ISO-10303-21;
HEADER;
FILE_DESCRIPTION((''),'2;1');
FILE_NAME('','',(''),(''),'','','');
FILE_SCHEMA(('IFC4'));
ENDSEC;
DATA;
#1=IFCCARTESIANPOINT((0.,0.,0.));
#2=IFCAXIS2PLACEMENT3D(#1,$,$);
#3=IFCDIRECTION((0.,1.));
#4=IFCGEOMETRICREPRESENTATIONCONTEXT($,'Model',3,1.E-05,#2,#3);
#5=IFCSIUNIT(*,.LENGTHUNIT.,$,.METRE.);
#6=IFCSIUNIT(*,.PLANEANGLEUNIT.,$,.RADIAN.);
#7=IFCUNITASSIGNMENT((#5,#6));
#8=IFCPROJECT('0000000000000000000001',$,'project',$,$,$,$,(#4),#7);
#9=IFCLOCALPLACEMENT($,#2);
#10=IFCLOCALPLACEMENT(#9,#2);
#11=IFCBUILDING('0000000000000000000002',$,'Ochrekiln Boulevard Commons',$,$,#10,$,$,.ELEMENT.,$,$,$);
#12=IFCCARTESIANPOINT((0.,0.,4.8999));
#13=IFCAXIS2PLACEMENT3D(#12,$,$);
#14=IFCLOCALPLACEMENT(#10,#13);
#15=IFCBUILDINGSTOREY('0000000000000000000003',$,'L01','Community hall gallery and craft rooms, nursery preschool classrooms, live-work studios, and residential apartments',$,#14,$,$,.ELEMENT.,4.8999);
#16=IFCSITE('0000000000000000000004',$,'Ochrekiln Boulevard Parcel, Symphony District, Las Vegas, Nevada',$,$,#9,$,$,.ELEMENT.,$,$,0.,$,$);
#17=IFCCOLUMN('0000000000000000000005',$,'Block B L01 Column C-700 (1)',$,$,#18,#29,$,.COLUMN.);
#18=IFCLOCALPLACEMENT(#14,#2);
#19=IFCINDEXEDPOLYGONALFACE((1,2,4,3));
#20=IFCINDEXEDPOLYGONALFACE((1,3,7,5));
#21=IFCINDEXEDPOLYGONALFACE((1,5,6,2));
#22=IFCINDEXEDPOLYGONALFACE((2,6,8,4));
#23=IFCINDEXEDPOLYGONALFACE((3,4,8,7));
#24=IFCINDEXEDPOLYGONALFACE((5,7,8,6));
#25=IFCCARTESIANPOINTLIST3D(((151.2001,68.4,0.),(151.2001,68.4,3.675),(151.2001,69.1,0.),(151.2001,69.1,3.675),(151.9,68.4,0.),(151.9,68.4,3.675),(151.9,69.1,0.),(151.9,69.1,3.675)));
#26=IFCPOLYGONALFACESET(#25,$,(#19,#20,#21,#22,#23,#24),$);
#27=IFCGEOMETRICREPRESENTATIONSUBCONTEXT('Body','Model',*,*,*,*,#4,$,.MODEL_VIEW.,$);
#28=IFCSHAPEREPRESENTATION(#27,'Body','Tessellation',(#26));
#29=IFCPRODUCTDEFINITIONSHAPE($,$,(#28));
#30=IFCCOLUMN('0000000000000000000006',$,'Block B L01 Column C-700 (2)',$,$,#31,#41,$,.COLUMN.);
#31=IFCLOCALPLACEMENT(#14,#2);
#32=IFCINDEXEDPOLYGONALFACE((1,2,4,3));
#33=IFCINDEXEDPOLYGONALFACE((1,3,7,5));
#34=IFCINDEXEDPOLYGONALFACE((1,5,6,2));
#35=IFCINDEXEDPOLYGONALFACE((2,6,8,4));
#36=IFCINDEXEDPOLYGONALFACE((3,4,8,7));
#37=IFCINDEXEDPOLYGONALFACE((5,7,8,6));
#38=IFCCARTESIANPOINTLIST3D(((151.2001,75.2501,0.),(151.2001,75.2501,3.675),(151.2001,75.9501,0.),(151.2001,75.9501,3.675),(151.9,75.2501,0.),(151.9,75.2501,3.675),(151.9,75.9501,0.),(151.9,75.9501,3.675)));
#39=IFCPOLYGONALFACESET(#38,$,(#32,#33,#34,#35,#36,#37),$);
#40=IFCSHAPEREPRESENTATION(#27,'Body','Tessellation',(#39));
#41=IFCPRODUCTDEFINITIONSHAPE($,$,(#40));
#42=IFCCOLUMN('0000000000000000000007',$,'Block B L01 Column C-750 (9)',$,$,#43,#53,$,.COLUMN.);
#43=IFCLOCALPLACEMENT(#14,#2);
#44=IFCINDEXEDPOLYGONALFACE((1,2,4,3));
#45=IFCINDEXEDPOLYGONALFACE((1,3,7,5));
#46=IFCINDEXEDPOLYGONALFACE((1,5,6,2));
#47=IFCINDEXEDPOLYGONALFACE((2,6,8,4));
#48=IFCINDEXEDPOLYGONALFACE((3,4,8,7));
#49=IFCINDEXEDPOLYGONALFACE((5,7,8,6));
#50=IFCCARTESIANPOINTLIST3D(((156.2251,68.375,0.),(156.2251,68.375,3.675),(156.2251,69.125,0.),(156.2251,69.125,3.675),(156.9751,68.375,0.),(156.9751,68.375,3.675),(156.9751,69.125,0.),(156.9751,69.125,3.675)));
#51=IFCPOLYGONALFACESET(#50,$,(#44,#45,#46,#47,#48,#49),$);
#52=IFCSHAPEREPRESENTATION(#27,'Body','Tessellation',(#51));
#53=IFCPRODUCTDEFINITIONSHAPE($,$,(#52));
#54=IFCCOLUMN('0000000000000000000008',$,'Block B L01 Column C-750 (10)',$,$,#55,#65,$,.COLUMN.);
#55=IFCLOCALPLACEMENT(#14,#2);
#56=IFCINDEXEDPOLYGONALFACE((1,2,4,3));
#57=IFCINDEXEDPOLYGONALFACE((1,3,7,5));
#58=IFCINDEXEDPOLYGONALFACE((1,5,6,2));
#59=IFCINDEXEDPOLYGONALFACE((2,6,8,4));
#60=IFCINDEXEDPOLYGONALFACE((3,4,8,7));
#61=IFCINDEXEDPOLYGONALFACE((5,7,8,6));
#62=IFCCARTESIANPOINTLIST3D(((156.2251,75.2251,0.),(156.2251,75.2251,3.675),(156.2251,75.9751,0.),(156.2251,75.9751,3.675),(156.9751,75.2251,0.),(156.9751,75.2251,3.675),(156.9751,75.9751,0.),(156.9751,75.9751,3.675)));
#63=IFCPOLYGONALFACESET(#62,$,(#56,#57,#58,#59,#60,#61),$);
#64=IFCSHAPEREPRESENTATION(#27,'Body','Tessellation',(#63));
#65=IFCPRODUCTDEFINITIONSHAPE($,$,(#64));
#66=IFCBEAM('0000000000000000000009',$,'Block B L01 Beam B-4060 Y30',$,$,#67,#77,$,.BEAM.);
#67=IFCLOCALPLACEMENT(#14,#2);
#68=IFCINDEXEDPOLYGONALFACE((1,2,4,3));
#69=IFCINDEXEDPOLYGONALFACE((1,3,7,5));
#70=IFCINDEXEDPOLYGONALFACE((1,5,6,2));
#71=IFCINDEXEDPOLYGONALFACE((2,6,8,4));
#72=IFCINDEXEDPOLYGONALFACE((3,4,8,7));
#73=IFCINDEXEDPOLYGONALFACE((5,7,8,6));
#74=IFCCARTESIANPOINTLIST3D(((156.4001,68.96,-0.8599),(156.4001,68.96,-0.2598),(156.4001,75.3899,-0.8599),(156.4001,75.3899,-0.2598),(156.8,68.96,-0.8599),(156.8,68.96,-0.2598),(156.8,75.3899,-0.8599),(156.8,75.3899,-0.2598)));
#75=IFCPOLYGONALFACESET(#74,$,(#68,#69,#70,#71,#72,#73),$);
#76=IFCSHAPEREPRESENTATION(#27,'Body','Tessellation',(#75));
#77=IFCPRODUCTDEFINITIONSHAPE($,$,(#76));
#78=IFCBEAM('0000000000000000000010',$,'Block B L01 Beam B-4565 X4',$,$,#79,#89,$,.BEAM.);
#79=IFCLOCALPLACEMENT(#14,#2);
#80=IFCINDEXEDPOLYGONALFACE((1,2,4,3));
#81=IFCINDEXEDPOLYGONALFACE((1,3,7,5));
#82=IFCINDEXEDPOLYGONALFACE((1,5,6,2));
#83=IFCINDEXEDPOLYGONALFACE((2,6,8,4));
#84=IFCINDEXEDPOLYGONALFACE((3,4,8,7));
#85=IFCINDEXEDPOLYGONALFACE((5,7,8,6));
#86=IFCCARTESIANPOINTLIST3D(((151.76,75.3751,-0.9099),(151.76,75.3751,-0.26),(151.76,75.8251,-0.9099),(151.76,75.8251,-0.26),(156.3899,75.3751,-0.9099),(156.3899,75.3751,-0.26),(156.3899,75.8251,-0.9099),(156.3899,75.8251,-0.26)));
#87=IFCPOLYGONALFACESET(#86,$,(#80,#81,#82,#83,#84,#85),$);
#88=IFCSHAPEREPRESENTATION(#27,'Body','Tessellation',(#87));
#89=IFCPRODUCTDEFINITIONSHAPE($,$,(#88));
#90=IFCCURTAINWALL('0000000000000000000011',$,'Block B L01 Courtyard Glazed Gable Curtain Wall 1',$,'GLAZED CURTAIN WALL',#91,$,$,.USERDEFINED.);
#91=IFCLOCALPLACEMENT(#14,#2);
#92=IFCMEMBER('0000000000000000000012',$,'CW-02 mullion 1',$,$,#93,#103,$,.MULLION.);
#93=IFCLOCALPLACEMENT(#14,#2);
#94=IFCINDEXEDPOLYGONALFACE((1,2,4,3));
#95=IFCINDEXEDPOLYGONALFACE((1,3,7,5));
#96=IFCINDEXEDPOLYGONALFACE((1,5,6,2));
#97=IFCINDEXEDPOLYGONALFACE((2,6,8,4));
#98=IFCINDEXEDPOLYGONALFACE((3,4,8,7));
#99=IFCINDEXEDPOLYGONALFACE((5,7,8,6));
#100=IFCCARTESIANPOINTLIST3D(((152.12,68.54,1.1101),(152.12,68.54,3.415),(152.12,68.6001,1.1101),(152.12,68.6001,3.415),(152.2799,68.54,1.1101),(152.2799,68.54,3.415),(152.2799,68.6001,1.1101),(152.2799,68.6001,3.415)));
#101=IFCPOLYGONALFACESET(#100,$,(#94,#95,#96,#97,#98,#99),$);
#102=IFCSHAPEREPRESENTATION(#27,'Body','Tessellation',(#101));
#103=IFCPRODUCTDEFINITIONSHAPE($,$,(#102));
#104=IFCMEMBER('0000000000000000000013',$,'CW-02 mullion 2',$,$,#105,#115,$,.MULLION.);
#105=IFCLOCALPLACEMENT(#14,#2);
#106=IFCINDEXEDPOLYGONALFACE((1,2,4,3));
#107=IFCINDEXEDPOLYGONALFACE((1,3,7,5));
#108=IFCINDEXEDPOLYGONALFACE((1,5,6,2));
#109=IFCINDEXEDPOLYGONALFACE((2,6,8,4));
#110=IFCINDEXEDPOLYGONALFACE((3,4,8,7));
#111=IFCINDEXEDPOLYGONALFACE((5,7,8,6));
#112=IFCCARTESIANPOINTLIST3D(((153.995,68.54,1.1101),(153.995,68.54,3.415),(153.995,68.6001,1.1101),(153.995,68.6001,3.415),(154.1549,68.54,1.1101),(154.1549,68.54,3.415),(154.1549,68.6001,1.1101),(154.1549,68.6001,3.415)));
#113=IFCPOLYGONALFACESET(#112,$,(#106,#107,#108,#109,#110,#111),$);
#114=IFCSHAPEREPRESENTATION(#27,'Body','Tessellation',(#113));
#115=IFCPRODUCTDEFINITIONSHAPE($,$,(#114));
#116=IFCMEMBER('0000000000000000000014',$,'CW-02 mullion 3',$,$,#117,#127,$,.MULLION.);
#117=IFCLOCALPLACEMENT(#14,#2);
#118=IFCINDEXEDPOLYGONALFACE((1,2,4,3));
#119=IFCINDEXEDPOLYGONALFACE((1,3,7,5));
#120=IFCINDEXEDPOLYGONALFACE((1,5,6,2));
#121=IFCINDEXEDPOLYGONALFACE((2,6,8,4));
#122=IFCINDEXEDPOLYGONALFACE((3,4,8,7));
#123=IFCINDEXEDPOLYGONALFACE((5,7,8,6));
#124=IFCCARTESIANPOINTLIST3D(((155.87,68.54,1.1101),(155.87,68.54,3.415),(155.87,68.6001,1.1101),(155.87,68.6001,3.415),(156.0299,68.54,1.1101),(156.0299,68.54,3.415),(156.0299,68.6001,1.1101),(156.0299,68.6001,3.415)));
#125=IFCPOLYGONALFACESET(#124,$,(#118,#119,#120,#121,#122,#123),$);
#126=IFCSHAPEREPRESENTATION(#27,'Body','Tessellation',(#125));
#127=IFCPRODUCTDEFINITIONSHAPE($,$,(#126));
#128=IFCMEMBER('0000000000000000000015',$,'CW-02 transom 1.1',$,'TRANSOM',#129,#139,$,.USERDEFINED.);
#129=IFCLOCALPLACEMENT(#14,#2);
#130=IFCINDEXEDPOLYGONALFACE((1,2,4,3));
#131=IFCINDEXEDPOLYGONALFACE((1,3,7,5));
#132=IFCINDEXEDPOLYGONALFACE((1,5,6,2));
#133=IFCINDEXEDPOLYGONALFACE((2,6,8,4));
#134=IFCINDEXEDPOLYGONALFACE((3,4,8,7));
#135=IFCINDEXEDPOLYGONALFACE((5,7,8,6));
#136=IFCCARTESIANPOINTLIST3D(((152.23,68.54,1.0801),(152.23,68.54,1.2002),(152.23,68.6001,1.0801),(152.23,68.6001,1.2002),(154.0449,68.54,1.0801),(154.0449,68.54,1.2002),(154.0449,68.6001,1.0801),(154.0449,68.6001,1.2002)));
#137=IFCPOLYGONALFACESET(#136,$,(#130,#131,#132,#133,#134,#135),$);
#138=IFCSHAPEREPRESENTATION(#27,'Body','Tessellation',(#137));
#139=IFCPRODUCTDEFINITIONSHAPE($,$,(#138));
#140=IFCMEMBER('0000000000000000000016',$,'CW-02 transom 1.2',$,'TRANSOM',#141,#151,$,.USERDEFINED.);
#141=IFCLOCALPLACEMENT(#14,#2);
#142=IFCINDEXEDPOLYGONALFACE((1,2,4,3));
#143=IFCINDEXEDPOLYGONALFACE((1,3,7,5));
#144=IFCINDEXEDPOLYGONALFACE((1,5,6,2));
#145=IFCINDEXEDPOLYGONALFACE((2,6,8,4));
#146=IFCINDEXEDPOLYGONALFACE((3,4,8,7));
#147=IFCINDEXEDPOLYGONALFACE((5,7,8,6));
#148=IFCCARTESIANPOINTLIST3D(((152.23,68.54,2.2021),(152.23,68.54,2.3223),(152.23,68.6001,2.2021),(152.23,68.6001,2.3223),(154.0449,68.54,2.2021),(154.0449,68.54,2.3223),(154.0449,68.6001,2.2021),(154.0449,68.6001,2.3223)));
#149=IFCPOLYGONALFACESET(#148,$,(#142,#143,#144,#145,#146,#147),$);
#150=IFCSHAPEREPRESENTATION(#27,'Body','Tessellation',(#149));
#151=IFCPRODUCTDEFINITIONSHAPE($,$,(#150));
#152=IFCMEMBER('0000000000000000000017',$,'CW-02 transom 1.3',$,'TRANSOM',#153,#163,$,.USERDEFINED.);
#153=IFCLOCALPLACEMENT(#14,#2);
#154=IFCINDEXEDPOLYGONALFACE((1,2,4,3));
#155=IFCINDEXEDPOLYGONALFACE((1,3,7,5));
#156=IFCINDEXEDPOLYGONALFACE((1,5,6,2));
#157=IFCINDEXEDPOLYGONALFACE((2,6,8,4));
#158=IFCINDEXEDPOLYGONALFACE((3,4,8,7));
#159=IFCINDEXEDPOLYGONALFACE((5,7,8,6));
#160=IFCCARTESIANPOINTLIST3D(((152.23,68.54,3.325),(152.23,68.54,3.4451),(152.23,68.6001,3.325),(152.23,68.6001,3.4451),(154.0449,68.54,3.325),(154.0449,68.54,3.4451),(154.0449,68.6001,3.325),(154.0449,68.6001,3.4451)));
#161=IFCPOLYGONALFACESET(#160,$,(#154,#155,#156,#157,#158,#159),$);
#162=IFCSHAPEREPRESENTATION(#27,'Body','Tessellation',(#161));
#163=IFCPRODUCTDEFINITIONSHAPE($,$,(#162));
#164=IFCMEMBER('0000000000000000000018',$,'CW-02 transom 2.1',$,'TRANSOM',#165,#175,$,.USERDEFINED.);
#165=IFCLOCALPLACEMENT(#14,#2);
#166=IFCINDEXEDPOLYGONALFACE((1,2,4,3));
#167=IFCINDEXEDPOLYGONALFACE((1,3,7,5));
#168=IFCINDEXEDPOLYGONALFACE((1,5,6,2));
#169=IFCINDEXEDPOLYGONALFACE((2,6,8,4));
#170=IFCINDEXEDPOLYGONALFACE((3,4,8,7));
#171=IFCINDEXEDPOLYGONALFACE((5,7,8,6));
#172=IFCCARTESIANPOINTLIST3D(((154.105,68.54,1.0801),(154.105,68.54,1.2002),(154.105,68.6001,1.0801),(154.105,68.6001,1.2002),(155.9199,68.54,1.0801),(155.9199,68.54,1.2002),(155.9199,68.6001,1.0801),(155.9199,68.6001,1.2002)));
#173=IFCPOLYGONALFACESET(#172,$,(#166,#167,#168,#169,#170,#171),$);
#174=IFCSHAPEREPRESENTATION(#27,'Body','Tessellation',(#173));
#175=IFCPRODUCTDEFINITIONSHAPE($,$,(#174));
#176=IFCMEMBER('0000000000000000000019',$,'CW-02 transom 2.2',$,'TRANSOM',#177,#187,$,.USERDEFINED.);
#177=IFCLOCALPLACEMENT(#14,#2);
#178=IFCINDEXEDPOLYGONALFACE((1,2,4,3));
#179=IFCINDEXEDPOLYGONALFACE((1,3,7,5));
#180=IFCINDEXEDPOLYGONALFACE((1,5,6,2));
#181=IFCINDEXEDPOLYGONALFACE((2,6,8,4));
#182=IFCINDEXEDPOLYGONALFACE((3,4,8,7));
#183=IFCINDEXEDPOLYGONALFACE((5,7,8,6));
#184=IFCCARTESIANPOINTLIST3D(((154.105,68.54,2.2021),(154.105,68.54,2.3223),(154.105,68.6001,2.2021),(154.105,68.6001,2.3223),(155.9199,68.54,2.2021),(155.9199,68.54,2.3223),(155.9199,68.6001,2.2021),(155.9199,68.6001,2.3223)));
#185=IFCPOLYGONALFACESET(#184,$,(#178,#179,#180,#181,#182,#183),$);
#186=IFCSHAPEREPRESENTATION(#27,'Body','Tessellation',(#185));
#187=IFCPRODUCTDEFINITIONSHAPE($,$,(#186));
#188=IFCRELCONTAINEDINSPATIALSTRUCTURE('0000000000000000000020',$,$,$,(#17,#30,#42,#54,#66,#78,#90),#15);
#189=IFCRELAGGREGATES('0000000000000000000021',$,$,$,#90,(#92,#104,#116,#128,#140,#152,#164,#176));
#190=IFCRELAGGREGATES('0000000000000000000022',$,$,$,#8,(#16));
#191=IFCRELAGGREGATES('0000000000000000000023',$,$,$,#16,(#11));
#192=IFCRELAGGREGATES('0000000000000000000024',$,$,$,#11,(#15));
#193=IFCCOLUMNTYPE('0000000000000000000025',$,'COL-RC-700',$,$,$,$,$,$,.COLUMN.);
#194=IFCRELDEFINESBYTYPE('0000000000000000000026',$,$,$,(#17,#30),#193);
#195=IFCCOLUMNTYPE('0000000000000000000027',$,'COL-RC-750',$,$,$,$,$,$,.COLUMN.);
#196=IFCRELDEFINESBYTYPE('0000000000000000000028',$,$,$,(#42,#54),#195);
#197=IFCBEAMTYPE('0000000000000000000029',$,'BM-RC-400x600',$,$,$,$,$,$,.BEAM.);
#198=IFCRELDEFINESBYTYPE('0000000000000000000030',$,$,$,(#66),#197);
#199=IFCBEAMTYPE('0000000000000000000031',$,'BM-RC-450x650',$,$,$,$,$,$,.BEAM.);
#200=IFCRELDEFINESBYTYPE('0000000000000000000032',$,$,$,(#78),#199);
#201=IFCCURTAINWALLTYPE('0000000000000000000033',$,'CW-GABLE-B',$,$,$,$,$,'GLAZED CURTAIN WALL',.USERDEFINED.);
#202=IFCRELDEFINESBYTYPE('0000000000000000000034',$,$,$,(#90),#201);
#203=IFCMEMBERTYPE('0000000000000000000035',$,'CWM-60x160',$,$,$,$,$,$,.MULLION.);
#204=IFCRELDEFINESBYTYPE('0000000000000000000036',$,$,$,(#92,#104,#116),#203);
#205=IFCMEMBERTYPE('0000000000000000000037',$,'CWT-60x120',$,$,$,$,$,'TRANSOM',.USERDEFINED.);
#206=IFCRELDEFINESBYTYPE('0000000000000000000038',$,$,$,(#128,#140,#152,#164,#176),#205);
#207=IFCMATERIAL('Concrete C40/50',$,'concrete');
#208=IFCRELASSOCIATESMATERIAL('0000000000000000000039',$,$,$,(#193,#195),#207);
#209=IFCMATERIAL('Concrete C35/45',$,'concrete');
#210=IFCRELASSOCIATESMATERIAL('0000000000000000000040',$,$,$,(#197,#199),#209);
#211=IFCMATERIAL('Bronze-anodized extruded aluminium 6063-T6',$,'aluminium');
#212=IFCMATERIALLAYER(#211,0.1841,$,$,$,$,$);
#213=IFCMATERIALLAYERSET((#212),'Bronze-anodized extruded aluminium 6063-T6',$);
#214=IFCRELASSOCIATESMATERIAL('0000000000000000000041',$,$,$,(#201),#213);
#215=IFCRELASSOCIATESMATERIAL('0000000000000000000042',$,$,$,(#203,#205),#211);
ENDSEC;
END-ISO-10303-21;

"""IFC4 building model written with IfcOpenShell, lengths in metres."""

from ifc_helpers import new_model, si_unit, direction, frame, origin, origin_2d, place, context, subcontext, project, spatial, rectangle, extrude, material, layer, layer_set, material_profile, profile_set, type_object, element, aggregate, save


model = new_model("IFC4")

# Units and contexts
model_context = context("Model", 3, precision=1e-05, world=origin(), true_north=direction((0.0, 1.0)))
body_context = subcontext(model_context, "Body", "Model", "MODEL_VIEW")
ifc_project = project(units=[si_unit("LENGTHUNIT", "METRE"), si_unit("PLANEANGLEUNIT", "RADIAN")], contexts=[model_context])

# Site, building, storey
site_placement = place(None, origin())
site = spatial("IfcSite", under=ifc_project, at=site_placement, Name="Ochrekiln Boulevard Parcel, Symphony District, Las Vegas, Nevada", CompositionType="ELEMENT", RefElevation=0.0)
building_placement = place(site_placement, origin())
building = spatial("IfcBuilding", under=site, at=building_placement, Name="Ochrekiln Boulevard Commons", CompositionType="ELEMENT")
storey_placement = place(building_placement, frame((0.0, 0.0, 4.8999)))
storey = spatial("IfcBuildingStorey", under=building, at=storey_placement, Name="L01", Description="Community hall gallery and craft rooms, nursery preschool classrooms, live-work studios, and residential apartments", CompositionType="ELEMENT", Elevation=4.8999)

# Columns
ifc_material_1 = material(Name="Concrete C40/50", Category="concrete")
ifc_material_profile_1 = material_profile(ifc_material_1, rectangle(XDim=0.7, YDim=0.7, at=origin_2d()), Name="RC-COL-700x700")
ifc_profile_set_1 = profile_set([ifc_material_profile_1], Name="Concrete C40/50")
column_type_1 = type_object("IfcColumnType", Name="COL-RC-700", PredefinedType="COLUMN", material=ifc_profile_set_1)
for number, where, z_axis, x_axis, name in (
    (1, (151.55, 68.75, 0.0), (0.0, 0.0, 1.0), (1.0, 0.0, 0.0), "Block B L01 Column C-700 (1)"),
    (2, (151.55, 75.6001, 0.0), (0.0, 0.0, 1.0), (1.0, 0.0, 0.0), "Block B L01 Column C-700 (2)"),
):
    element("IfcColumn", number, at=place(storey_placement, frame(where, z_axis=z_axis, x_axis=x_axis)), inside=storey, type_object=column_type_1, Name=name, PredefinedType="COLUMN", context=body_context, shape_type="SweptSolid", body=[
        extrude(rectangle(XDim=0.7, YDim=0.7, at=origin_2d()), origin(), (0.0, 0.0, 1.0), 3.675),
    ])
ifc_material_profile_2 = material_profile(ifc_material_1, rectangle(XDim=0.75, YDim=0.75, at=origin_2d()), Name="RC-COL-750x750")
ifc_profile_set_2 = profile_set([ifc_material_profile_2], Name="Concrete C40/50")
column_type_2 = type_object("IfcColumnType", Name="COL-RC-750", PredefinedType="COLUMN", material=ifc_profile_set_2)
for number, where, z_axis, x_axis, name in (
    (3, (156.6001, 68.75, 0.0), (0.0, 0.0, 1.0), (1.0, 0.0, 0.0), "Block B L01 Column C-750 (9)"),
    (4, (156.6001, 75.6001, 0.0), (0.0, 0.0, 1.0), (1.0, 0.0, 0.0), "Block B L01 Column C-750 (10)"),
):
    element("IfcColumn", number, at=place(storey_placement, frame(where, z_axis=z_axis, x_axis=x_axis)), inside=storey, type_object=column_type_2, Name=name, PredefinedType="COLUMN", context=body_context, shape_type="SweptSolid", body=[
        extrude(rectangle(XDim=0.75, YDim=0.75, at=origin_2d()), origin(), (0.0, 0.0, 1.0), 3.675),
    ])

# Beams
ifc_material_2 = material(Name="Concrete C35/45", Category="concrete")
ifc_material_profile_3 = material_profile(ifc_material_2, rectangle(XDim=0.3999, YDim=0.6001, at=origin_2d()), Name="RC-BM-400x600")
ifc_profile_set_3 = profile_set([ifc_material_profile_3], Name="Concrete C35/45")
beam_type_1 = type_object("IfcBeamType", Name="BM-RC-400x600", PredefinedType="BEAM", material=ifc_profile_set_3)
beam_1_placement = place(storey_placement, frame((156.6001, 68.96, -0.5598), z_axis=(0.0, 1.0, 0.0), x_axis=(-1.0, 0.0, 0.0)))
element("IfcBeam", 5, at=beam_1_placement, inside=storey, type_object=beam_type_1, Name="Block B L01 Beam B-4060 Y30", PredefinedType="BEAM", context=body_context, shape_type="SweptSolid", body=[
    extrude(rectangle(XDim=0.3999, YDim=0.6001, at=origin_2d()), origin(), (0.0, 0.0, 1.0), 6.4299),
])
ifc_material_profile_4 = material_profile(ifc_material_2, rectangle(XDim=0.45, YDim=0.6499, at=origin_2d()), Name="RC-BM-450x650")
ifc_profile_set_4 = profile_set([ifc_material_profile_4], Name="Concrete C35/45")
beam_type_2 = type_object("IfcBeamType", Name="BM-RC-450x650", PredefinedType="BEAM", material=ifc_profile_set_4)
beam_2_placement = place(storey_placement, frame((151.76, 75.6001, -0.585), z_axis=(1.0, 0.0, 0.0), x_axis=(0.0, 1.0, 0.0)))
element("IfcBeam", 6, at=beam_2_placement, inside=storey, type_object=beam_type_2, Name="Block B L01 Beam B-4565 X4", PredefinedType="BEAM", context=body_context, shape_type="SweptSolid", body=[
    extrude(rectangle(XDim=0.45, YDim=0.6499, at=origin_2d()), origin(), (0.0, 0.0, 1.0), 4.6299),
])

# Curtain wall, members
ifc_material_3 = material(Name="Bronze-anodized extruded aluminium 6063-T6", Category="aluminium")
ifc_layer_1 = layer(ifc_material_3, 0.1841)
ifc_layer_set_1 = layer_set([ifc_layer_1], Name="Bronze-anodized extruded aluminium 6063-T6")
curtain_wall_type = type_object("IfcCurtainWallType", Name="CW-GABLE-B", ElementType="GLAZED CURTAIN WALL", PredefinedType="USERDEFINED", material=ifc_layer_set_1)
curtain_wall_placement = place(storey_placement, origin())
curtain_wall = element("IfcCurtainWall", 7, at=curtain_wall_placement, inside=storey, type_object=curtain_wall_type, Name="Block B L01 Courtyard Glazed Gable Curtain Wall 1", ObjectType="GLAZED CURTAIN WALL", PredefinedType="USERDEFINED")
ifc_material_profile_5 = material_profile(ifc_material_3, rectangle(XDim=0.0601, YDim=0.1599, at=origin_2d()), Name="ALU-MUL-60x160")
ifc_profile_set_5 = profile_set([ifc_material_profile_5], Name="Bronze-anodized extruded aluminium 6063-T6")
member_type_1 = type_object("IfcMemberType", Name="CWM-60x160", PredefinedType="MULLION", material=ifc_profile_set_5)
member_1_placement = place(storey_placement, frame((152.2, 68.5701, 1.1101), z_axis=(0.0, 0.0, 1.0), x_axis=(0.0, 1.0, 0.0)))
member_1 = element("IfcMember", 8, at=member_1_placement, type_object=member_type_1, Name="CW-02 mullion 1", PredefinedType="MULLION", context=body_context, shape_type="SweptSolid", body=[
    extrude(rectangle(XDim=0.0601, YDim=0.1599, at=origin_2d()), origin(), (0.0, 0.0, 1.0), 2.3049),
])
member_2_placement = place(storey_placement, frame((154.075, 68.5701, 1.1101), z_axis=(0.0, 0.0, 1.0), x_axis=(0.0, 1.0, 0.0)))
member_2 = element("IfcMember", 9, at=member_2_placement, type_object=member_type_1, Name="CW-02 mullion 2", PredefinedType="MULLION", context=body_context, shape_type="SweptSolid", body=[
    extrude(rectangle(XDim=0.0601, YDim=0.1599, at=origin_2d()), origin(), (0.0, 0.0, 1.0), 2.3049),
])
member_3_placement = place(storey_placement, frame((155.95, 68.5701, 1.1101), z_axis=(0.0, 0.0, 1.0), x_axis=(0.0, 1.0, 0.0)))
member_3 = element("IfcMember", 10, at=member_3_placement, type_object=member_type_1, Name="CW-02 mullion 3", PredefinedType="MULLION", context=body_context, shape_type="SweptSolid", body=[
    extrude(rectangle(XDim=0.0601, YDim=0.1599, at=origin_2d()), origin(), (0.0, 0.0, 1.0), 2.3049),
])
ifc_material_profile_6 = material_profile(ifc_material_3, rectangle(XDim=0.0601, YDim=0.1201, at=origin_2d()), Name="ALU-TRN-60x120")
ifc_profile_set_6 = profile_set([ifc_material_profile_6], Name="Bronze-anodized extruded aluminium 6063-T6")
member_type_2 = type_object("IfcMemberType", Name="CWT-60x120", ElementType="TRANSOM", PredefinedType="USERDEFINED", material=ifc_profile_set_6)
member_4_placement = place(storey_placement, frame((152.23, 68.5701, 1.1401), z_axis=(1.0, 0.0, 0.0), x_axis=(0.0, 1.0, 0.0)))
member_4 = element("IfcMember", 11, at=member_4_placement, type_object=member_type_2, Name="CW-02 transom 1.1", ObjectType="TRANSOM", PredefinedType="USERDEFINED", context=body_context, shape_type="SweptSolid", body=[
    extrude(rectangle(XDim=0.0601, YDim=0.1201, at=origin_2d()), origin(), (0.0, 0.0, 1.0), 1.8149),
])
member_5_placement = place(storey_placement, frame((152.23, 68.5701, 2.2622), z_axis=(1.0, 0.0, 0.0), x_axis=(0.0, 1.0, 0.0)))
member_5 = element("IfcMember", 12, at=member_5_placement, type_object=member_type_2, Name="CW-02 transom 1.2", ObjectType="TRANSOM", PredefinedType="USERDEFINED", context=body_context, shape_type="SweptSolid", body=[
    extrude(rectangle(XDim=0.0601, YDim=0.1201, at=origin_2d()), origin(), (0.0, 0.0, 1.0), 1.8149),
])
member_6_placement = place(storey_placement, frame((152.23, 68.5701, 3.385), z_axis=(1.0, 0.0, 0.0), x_axis=(0.0, 1.0, 0.0)))
member_6 = element("IfcMember", 13, at=member_6_placement, type_object=member_type_2, Name="CW-02 transom 1.3", ObjectType="TRANSOM", PredefinedType="USERDEFINED", context=body_context, shape_type="SweptSolid", body=[
    extrude(rectangle(XDim=0.0601, YDim=0.1201, at=origin_2d()), origin(), (0.0, 0.0, 1.0), 1.8149),
])
member_7_placement = place(storey_placement, frame((154.105, 68.5701, 1.1401), z_axis=(1.0, 0.0, 0.0), x_axis=(0.0, 1.0, 0.0)))
member_7 = element("IfcMember", 14, at=member_7_placement, type_object=member_type_2, Name="CW-02 transom 2.1", ObjectType="TRANSOM", PredefinedType="USERDEFINED", context=body_context, shape_type="SweptSolid", body=[
    extrude(rectangle(XDim=0.0601, YDim=0.1201, at=origin_2d()), origin(), (0.0, 0.0, 1.0), 1.8149),
])
member_8_placement = place(storey_placement, frame((154.105, 68.5701, 2.2622), z_axis=(1.0, 0.0, 0.0), x_axis=(0.0, 1.0, 0.0)))
member_8 = element("IfcMember", 15, at=member_8_placement, type_object=member_type_2, Name="CW-02 transom 2.2", ObjectType="TRANSOM", PredefinedType="USERDEFINED", context=body_context, shape_type="SweptSolid", body=[
    extrude(rectangle(XDim=0.0601, YDim=0.1201, at=origin_2d()), origin(), (0.0, 0.0, 1.0), 1.8149),
])

aggregate(curtain_wall, [member_1, member_2, member_3, member_4, member_5, member_6, member_7, member_8])

save(model, "model.ifc")
